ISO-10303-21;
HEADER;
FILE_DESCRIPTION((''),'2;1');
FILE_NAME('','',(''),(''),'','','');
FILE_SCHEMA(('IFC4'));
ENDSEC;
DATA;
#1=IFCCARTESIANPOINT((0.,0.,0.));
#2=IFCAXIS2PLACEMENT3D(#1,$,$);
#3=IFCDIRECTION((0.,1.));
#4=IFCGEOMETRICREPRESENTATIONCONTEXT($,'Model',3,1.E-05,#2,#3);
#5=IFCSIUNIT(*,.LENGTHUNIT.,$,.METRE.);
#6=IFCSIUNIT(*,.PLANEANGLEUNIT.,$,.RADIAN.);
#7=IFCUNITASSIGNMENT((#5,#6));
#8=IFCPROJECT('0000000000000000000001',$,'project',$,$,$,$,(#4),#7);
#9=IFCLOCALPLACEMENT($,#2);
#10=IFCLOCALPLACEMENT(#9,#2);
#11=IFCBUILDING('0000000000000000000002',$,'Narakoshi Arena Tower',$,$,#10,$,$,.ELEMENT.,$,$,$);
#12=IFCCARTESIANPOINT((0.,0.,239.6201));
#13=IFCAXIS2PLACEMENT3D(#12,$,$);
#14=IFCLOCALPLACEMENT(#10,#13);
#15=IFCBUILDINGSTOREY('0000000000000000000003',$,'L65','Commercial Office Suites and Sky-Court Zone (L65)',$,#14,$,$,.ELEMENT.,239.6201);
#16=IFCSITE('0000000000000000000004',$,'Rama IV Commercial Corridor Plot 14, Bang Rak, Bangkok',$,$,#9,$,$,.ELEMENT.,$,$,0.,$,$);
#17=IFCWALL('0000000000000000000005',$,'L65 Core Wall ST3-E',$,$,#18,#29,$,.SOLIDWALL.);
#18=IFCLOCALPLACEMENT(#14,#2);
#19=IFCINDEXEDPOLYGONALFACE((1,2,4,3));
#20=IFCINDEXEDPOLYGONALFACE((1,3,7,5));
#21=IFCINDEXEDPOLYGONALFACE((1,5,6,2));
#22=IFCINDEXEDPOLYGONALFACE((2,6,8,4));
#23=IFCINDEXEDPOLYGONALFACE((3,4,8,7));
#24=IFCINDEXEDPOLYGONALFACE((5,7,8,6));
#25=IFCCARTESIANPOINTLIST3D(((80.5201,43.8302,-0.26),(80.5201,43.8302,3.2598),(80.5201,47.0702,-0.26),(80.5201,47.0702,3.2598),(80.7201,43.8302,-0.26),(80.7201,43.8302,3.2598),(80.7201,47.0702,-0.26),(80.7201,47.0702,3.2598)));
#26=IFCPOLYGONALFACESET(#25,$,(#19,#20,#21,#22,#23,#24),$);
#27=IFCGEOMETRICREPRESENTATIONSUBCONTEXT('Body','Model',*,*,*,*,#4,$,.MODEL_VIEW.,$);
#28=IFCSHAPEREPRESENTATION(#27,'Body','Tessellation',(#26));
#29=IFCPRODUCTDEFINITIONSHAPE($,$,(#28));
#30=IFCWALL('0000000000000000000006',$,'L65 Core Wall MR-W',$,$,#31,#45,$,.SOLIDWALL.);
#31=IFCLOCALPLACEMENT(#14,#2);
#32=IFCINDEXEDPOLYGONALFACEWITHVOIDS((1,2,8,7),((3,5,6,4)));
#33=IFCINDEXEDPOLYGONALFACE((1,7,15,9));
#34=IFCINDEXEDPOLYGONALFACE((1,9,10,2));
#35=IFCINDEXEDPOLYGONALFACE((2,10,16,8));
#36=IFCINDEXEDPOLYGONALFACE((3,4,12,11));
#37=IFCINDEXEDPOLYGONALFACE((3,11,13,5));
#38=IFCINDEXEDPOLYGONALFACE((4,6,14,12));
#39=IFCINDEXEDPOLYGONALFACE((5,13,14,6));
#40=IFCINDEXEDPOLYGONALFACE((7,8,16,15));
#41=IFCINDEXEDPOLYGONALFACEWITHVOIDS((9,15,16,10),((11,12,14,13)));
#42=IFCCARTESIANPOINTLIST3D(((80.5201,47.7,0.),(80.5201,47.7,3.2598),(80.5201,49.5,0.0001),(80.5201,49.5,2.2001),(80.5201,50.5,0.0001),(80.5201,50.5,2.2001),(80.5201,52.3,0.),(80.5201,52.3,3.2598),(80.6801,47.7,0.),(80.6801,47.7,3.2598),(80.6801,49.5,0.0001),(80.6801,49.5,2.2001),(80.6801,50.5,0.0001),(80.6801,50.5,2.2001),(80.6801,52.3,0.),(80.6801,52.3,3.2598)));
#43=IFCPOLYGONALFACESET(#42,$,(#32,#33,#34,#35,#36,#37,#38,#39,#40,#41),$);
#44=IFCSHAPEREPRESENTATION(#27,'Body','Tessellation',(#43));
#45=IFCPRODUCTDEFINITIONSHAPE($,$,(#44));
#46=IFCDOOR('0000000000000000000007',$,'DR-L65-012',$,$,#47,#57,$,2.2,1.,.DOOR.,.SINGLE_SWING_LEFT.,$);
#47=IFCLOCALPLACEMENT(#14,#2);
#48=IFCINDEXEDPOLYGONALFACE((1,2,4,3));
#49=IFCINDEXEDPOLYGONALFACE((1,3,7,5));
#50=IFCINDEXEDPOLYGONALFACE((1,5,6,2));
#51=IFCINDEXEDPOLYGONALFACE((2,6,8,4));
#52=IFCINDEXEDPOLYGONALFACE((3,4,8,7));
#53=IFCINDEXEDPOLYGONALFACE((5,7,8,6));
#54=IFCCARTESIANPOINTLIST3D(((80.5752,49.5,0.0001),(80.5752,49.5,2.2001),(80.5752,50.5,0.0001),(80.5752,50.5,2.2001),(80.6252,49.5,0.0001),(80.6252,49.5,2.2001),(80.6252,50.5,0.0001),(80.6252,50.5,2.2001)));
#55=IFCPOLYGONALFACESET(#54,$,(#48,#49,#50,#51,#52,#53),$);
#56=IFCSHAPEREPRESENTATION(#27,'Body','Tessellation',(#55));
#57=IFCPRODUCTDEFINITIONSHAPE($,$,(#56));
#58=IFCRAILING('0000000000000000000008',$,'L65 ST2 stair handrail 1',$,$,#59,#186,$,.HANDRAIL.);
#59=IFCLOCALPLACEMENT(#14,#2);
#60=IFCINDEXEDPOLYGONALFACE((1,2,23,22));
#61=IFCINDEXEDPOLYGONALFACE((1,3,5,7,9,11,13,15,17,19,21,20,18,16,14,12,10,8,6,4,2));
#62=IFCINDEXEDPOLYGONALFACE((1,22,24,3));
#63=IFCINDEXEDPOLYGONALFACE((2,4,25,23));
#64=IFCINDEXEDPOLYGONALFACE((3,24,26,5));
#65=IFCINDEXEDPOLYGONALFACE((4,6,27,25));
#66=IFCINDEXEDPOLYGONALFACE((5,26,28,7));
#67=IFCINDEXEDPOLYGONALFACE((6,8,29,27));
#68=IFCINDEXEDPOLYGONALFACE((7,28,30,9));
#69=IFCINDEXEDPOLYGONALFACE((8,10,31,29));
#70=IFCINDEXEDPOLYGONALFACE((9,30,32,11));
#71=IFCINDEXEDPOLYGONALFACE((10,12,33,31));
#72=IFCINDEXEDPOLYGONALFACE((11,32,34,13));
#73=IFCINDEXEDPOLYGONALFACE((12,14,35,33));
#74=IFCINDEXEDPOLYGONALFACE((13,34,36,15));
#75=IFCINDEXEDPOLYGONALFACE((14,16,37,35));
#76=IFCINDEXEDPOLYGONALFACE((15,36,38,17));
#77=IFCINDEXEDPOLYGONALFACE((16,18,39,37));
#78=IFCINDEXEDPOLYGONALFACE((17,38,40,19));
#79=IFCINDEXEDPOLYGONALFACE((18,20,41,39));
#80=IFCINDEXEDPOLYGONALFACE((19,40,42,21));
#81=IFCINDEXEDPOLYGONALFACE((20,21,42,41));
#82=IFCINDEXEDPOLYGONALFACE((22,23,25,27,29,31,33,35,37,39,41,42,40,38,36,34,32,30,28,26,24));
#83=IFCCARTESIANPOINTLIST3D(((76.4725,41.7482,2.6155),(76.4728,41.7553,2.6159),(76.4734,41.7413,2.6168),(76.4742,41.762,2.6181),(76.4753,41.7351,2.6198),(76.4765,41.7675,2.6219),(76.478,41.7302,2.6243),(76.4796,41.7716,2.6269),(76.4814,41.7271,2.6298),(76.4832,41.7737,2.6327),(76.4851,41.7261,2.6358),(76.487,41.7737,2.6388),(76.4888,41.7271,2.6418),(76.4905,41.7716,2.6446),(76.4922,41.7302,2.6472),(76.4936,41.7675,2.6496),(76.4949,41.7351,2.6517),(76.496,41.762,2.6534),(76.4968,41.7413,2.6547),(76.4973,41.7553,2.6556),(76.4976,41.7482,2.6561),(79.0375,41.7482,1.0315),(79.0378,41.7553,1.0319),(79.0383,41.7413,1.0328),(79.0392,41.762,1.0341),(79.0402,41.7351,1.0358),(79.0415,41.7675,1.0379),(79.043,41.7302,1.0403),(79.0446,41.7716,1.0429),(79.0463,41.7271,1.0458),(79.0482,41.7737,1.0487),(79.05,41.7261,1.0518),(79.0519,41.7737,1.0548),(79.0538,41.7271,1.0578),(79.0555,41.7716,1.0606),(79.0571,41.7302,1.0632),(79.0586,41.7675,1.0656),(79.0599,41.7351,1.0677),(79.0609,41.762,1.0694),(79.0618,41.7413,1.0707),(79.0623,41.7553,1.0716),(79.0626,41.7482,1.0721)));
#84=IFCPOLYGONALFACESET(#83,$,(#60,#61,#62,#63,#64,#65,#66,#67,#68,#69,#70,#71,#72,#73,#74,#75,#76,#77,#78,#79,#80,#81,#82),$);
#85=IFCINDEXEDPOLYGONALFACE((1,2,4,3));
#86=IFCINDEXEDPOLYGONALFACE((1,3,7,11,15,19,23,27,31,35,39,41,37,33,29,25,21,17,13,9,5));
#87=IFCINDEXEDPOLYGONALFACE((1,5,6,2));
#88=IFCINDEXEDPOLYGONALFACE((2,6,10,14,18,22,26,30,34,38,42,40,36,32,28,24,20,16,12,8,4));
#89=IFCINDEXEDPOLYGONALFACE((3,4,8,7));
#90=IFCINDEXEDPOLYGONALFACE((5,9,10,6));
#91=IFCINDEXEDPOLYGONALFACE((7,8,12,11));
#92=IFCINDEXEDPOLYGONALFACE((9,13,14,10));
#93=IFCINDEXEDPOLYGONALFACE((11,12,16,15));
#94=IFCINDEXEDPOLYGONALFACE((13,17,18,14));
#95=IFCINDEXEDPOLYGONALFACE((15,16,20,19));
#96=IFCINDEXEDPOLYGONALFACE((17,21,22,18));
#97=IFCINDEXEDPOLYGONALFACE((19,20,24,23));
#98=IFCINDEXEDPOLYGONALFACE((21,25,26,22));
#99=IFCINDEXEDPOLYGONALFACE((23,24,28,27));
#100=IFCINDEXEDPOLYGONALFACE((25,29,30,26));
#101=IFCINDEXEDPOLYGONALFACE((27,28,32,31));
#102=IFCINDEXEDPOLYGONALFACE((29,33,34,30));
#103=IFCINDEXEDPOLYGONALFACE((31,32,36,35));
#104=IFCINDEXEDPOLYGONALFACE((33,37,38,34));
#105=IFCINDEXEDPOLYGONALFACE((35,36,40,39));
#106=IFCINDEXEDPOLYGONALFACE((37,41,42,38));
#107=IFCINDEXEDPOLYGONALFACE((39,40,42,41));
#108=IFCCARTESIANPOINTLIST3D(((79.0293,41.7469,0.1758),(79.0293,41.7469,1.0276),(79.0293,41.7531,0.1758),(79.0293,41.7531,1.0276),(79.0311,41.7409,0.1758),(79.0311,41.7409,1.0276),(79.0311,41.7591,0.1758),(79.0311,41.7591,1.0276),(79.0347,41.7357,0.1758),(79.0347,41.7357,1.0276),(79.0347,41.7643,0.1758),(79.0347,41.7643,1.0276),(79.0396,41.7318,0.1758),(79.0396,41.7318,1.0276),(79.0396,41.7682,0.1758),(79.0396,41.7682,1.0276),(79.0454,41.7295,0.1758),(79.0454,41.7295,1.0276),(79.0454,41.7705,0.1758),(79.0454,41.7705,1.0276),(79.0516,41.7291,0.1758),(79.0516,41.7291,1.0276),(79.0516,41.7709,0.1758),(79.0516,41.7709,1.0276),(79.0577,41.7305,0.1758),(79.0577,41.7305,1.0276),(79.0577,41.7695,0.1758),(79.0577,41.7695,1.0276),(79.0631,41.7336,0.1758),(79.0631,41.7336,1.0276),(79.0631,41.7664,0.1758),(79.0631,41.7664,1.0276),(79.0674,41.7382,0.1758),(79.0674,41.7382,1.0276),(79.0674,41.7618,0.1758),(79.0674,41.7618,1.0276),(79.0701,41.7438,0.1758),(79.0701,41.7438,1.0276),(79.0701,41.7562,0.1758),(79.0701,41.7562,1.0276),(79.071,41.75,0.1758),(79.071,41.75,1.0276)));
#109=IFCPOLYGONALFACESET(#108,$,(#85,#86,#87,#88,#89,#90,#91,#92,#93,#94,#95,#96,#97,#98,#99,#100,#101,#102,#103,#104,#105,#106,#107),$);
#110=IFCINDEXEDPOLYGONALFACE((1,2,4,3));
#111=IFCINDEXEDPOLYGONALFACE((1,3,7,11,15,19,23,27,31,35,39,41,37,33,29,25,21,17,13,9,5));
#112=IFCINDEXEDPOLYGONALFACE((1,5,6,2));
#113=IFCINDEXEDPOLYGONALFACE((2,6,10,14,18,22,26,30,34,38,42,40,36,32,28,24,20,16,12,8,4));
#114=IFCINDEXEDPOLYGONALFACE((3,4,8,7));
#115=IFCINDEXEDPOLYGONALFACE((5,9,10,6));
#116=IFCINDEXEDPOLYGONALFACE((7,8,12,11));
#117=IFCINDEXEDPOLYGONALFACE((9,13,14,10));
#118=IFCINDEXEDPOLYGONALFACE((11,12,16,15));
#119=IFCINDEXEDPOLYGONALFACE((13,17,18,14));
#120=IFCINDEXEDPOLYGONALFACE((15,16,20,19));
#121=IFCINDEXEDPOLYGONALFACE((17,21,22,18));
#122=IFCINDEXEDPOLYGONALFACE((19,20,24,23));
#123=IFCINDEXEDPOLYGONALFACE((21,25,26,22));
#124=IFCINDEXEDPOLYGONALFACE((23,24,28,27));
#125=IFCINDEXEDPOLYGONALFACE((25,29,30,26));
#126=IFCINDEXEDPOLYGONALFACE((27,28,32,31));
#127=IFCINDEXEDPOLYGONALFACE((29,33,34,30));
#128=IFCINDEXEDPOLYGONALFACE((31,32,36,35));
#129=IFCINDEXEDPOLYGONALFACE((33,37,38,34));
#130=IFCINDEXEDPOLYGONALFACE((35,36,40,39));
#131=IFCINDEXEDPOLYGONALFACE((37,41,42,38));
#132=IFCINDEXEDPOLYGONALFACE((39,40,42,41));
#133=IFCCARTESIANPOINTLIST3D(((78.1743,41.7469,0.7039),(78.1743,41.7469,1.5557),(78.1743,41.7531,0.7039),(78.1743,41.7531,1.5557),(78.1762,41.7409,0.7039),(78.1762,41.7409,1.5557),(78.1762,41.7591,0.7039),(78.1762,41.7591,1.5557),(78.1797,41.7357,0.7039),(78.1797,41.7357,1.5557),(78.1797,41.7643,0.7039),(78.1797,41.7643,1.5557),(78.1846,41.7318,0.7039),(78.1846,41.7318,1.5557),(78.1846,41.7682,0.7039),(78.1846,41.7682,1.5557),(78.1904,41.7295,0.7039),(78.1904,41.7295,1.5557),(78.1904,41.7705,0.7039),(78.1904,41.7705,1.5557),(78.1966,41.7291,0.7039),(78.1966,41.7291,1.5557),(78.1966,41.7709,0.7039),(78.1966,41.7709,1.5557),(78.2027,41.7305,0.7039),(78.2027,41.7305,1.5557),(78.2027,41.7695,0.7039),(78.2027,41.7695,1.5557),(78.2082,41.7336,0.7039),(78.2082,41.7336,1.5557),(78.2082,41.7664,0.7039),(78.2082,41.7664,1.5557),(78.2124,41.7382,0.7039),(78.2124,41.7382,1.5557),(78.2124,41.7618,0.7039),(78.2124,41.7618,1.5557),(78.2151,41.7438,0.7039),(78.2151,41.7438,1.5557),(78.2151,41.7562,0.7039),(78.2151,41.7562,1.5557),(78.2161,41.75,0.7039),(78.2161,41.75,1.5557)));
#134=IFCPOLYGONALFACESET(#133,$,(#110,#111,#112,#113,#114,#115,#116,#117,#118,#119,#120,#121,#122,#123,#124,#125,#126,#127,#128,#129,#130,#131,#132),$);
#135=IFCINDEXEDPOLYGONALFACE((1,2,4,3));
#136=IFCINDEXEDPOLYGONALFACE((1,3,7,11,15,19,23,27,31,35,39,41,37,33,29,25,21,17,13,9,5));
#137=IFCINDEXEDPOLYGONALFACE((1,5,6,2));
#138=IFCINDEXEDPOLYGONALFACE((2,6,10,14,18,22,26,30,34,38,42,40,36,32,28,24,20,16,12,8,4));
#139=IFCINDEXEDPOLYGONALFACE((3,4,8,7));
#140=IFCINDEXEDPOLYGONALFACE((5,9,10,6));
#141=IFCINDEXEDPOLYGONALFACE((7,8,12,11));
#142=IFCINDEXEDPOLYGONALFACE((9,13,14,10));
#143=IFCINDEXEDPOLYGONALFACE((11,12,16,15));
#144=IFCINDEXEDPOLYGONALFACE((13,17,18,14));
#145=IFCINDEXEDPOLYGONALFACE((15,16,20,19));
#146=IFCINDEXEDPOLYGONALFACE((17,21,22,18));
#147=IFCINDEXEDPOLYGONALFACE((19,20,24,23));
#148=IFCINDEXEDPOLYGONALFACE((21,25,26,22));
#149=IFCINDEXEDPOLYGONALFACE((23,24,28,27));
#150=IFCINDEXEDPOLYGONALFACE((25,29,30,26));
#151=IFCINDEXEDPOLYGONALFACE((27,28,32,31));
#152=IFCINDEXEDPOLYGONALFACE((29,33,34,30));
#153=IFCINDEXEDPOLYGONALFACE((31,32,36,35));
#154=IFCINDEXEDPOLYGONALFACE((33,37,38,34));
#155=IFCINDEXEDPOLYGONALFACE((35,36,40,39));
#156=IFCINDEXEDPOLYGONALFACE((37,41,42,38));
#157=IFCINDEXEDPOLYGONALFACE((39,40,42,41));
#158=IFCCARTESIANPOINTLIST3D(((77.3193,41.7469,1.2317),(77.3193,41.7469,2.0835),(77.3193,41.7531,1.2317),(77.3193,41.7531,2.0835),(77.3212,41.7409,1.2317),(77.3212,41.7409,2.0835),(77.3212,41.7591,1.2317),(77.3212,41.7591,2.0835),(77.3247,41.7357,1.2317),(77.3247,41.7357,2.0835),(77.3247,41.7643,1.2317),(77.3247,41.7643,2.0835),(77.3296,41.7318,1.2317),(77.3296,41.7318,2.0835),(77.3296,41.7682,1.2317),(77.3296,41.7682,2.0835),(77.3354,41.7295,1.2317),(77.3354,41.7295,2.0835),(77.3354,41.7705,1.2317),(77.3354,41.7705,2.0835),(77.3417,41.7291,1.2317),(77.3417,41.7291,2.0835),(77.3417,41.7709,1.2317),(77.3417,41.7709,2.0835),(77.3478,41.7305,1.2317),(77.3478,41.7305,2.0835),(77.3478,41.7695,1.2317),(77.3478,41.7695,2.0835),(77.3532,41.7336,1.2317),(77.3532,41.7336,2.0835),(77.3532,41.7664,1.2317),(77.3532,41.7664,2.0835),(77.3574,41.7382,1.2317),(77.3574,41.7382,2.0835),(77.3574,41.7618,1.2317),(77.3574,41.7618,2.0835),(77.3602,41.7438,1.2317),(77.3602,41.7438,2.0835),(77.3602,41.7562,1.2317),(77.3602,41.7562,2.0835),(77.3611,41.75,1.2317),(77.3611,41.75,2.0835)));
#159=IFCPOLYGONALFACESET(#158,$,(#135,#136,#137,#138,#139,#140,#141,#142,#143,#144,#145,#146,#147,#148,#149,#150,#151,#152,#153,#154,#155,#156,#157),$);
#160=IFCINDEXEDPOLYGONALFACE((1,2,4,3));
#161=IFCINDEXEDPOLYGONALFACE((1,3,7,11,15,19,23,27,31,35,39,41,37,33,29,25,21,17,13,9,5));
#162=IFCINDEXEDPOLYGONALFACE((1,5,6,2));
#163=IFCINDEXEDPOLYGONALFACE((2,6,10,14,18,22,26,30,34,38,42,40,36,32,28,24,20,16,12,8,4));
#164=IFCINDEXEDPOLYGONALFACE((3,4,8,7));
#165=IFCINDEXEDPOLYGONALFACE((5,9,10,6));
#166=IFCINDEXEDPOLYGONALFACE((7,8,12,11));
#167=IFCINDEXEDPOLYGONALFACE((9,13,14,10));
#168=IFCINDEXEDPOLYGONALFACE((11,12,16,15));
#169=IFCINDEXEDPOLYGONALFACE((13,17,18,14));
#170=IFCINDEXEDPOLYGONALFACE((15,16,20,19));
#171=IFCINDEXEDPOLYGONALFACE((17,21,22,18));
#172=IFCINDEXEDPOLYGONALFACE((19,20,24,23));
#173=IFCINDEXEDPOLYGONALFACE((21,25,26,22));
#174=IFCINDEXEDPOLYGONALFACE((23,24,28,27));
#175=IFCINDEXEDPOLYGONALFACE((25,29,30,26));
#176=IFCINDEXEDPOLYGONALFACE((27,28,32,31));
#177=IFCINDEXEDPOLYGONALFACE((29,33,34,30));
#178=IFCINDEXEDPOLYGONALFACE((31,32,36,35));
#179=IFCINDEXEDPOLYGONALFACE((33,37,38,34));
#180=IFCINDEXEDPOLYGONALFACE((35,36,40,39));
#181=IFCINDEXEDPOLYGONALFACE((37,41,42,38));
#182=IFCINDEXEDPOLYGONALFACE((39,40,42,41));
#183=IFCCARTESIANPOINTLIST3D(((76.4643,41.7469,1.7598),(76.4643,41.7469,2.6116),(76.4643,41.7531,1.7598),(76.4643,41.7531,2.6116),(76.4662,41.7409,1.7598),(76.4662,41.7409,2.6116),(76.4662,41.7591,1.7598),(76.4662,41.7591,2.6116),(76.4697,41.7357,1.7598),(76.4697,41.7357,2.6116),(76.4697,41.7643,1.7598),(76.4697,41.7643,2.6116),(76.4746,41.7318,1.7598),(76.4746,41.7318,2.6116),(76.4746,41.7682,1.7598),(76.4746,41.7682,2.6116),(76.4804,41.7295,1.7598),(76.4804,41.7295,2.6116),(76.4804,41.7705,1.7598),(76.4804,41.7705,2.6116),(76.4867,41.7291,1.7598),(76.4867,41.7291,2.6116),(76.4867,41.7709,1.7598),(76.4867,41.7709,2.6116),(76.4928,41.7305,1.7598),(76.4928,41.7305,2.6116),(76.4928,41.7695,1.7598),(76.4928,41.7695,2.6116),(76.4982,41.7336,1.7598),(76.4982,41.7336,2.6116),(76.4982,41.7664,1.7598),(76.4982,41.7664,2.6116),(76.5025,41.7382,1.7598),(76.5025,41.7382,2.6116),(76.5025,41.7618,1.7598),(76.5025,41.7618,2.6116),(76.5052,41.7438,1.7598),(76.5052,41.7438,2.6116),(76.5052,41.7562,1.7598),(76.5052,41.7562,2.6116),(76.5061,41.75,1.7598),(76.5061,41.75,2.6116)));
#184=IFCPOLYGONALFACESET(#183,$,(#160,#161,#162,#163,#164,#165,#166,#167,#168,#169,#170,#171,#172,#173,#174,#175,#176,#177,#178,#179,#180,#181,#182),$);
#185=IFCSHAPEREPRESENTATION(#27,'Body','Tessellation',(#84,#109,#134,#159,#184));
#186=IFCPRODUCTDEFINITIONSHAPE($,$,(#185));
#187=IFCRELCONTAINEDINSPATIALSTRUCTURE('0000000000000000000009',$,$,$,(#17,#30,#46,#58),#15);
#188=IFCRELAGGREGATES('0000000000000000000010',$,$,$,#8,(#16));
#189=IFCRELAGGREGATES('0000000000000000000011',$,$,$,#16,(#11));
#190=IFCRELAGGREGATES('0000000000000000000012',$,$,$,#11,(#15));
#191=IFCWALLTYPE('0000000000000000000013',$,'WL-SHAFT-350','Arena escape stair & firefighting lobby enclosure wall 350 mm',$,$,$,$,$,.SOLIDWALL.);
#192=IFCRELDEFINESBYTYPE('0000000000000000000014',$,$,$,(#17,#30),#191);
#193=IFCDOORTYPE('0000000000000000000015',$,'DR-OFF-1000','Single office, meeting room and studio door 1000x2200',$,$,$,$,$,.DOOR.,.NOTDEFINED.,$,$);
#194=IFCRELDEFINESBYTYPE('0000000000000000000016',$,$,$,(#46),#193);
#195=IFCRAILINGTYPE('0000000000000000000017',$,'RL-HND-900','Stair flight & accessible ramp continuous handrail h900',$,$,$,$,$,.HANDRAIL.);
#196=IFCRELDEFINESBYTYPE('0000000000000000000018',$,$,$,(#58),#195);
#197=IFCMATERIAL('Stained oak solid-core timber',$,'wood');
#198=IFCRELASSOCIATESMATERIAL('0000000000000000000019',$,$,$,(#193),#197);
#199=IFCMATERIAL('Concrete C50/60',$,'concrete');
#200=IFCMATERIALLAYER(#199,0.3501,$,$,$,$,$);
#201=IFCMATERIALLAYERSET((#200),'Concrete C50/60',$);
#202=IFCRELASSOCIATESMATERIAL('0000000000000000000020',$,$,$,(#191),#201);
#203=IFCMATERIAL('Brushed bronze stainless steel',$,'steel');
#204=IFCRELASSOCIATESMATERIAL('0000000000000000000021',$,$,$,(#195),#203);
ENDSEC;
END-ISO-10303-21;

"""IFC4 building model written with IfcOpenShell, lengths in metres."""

from ifc_helpers import new_model, si_unit, direction, frame, frame_2d, origin, origin_2d, place, context, subcontext, project, spatial, rectangle, circle, extrude, material, layer, layer_set, type_object, element, fill, save


model = new_model("IFC4")

# Units and contexts
model_context = context("Model", 3, precision=1e-05, world=origin(), true_north=direction((0.0, 1.0)))
body_context = subcontext(model_context, "Body", "Model", "MODEL_VIEW")
ifc_project = project(units=[si_unit("LENGTHUNIT", "METRE"), si_unit("PLANEANGLEUNIT", "RADIAN")], contexts=[model_context])

# Site, building, storey
site_placement = place(None, origin())
site = spatial("IfcSite", under=ifc_project, at=site_placement, Name="Rama IV Commercial Corridor Plot 14, Bang Rak, Bangkok", CompositionType="ELEMENT", RefElevation=0.0)
building_placement = place(site_placement, origin())
building = spatial("IfcBuilding", under=site, at=building_placement, Name="Narakoshi Arena Tower", CompositionType="ELEMENT")
storey_placement = place(building_placement, frame((0.0, 0.0, 239.6201)))
storey = spatial("IfcBuildingStorey", under=building, at=storey_placement, Name="L65", Description="Commercial Office Suites and Sky-Court Zone (L65)", CompositionType="ELEMENT", Elevation=239.6201)

# Shared definitions
ifc_material_1 = material(Name="Concrete C50/60", Category="concrete")

# Shared definitions
ifc_material_2 = material(Name="Stained oak solid-core timber", Category="wood")
door_type_1 = type_object("IfcDoorType", Name="DR-OFF-1000", Description="Single office, meeting room and studio door 1000x2200", OperationType="NOTDEFINED", PredefinedType="DOOR", material=ifc_material_2)

# Wall
ifc_layer_1 = layer(ifc_material_1, 0.3501)
ifc_layer_set_1 = layer_set([ifc_layer_1], Name="Concrete C50/60")
wall_type_1 = type_object("IfcWallType", Name="WL-SHAFT-350", Description="Arena escape stair & firefighting lobby enclosure wall 350 mm", PredefinedType="SOLIDWALL", material=ifc_layer_set_1)
wall_1_placement = place(storey_placement, frame((80.6201, 43.8301, -0.26), z_axis=(0.0, 0.0, 1.0), x_axis=(0.0, 1.0, 0.0)))
element("IfcWall", 1, at=wall_1_placement, inside=storey, type_object=wall_type_1, Name="L65 Core Wall ST3-E", PredefinedType="SOLIDWALL", context=body_context, shape_type="SweptSolid", body=[
    extrude(rectangle(XDim=3.24, YDim=0.2, at=frame_2d((1.6201, 0.0))), origin(), (0.0, 0.0, 1.0), 3.5198),
])

# Wall, opening, door
wall_2_placement = place(storey_placement, frame((80.6001, 47.7, 0.0), z_axis=(0.0, 0.0, 1.0), x_axis=(0.0, 1.0, 0.0)))
wall_2 = element("IfcWall", 2, at=wall_2_placement, inside=storey, type_object=wall_type_1, Name="L65 Core Wall MR-W", PredefinedType="SOLIDWALL", context=body_context, shape_type="SweptSolid", body=[
    extrude(rectangle(XDim=4.6001, YDim=0.1599, at=frame_2d((2.3, 0.0))), origin(), (0.0, 0.0, 1.0), 3.2598),
])
opening_1_placement = place(wall_2_placement, frame((1.8, 0.0, 0.0)))
opening_1 = element("IfcOpeningElement", 3, at=opening_1_placement, cuts=wall_2, PredefinedType="OPENING", context=body_context, shape_type="SweptSolid", body=[
    extrude(rectangle(XDim=1.0, YDim=2.2, at=frame_2d((0.5, 1.1001))), frame((0.0, 0.0898, 0.0), z_axis=(0.0, -1.0, 0.0), x_axis=(1.0, 0.0, 0.0)), (0.0, 0.0, 1.0), 0.1799),
])
door_1_placement = place(opening_1_placement, origin())
door_1 = element("IfcDoor", 4, at=door_1_placement, inside=storey, type_object=door_type_1, Name="DR-L65-012", OperationType="SINGLE_SWING_LEFT", OverallHeight=2.2, OverallWidth=1.0, PredefinedType="DOOR", context=body_context, shape_type="SweptSolid", body=[
    extrude(rectangle(XDim=1.0, YDim=2.2, at=frame_2d((0.5, 1.1001))), frame((0.0, 0.0249, 0.0), z_axis=(0.0, -1.0, 0.0), x_axis=(1.0, 0.0, 0.0)), (0.0, 0.0, 1.0), 0.05),
])
fill(opening_1, door_1)

# Railing
ifc_material_3 = material(Name="Brushed bronze stainless steel", Category="steel")
railing_type = type_object("IfcRailingType", Name="RL-HND-900", Description="Stair flight & accessible ramp continuous handrail h900", PredefinedType="HANDRAIL", material=ifc_material_3)
railing_placement = place(storey_placement, frame((79.05, 41.75, 0.1758)))
element("IfcRailing", 5, at=railing_placement, inside=storey, type_object=railing_type, Name="L65 ST2 stair handrail 1", PredefinedType="HANDRAIL", context=body_context, shape_type="SweptSolid", body=[
    extrude(circle(Radius=0.0239, at=origin_2d()), frame((0.0, 0.0, 0.876), z_axis=(-0.850834, 0.0, 0.525434), x_axis=(0.0, -1.0, 0.0)), (0.0, 0.0, 1.0), 3.0146),
    extrude(circle(Radius=0.021, at=origin_2d()), origin(), (0.0, 0.0, 1.0), 0.8518),
    extrude(circle(Radius=0.021, at=origin_2d()), frame((-0.855, 0.0, 0.5281)), (0.0, 0.0, 1.0), 0.8518),
    extrude(circle(Radius=0.021, at=origin_2d()), frame((-1.71, 0.0, 1.0559)), (0.0, 0.0, 1.0), 0.8518),
    extrude(circle(Radius=0.021, at=origin_2d()), frame((-2.5649, 0.0, 1.584)), (0.0, 0.0, 1.0), 0.8518),
])

save(model, "model.ifc")
